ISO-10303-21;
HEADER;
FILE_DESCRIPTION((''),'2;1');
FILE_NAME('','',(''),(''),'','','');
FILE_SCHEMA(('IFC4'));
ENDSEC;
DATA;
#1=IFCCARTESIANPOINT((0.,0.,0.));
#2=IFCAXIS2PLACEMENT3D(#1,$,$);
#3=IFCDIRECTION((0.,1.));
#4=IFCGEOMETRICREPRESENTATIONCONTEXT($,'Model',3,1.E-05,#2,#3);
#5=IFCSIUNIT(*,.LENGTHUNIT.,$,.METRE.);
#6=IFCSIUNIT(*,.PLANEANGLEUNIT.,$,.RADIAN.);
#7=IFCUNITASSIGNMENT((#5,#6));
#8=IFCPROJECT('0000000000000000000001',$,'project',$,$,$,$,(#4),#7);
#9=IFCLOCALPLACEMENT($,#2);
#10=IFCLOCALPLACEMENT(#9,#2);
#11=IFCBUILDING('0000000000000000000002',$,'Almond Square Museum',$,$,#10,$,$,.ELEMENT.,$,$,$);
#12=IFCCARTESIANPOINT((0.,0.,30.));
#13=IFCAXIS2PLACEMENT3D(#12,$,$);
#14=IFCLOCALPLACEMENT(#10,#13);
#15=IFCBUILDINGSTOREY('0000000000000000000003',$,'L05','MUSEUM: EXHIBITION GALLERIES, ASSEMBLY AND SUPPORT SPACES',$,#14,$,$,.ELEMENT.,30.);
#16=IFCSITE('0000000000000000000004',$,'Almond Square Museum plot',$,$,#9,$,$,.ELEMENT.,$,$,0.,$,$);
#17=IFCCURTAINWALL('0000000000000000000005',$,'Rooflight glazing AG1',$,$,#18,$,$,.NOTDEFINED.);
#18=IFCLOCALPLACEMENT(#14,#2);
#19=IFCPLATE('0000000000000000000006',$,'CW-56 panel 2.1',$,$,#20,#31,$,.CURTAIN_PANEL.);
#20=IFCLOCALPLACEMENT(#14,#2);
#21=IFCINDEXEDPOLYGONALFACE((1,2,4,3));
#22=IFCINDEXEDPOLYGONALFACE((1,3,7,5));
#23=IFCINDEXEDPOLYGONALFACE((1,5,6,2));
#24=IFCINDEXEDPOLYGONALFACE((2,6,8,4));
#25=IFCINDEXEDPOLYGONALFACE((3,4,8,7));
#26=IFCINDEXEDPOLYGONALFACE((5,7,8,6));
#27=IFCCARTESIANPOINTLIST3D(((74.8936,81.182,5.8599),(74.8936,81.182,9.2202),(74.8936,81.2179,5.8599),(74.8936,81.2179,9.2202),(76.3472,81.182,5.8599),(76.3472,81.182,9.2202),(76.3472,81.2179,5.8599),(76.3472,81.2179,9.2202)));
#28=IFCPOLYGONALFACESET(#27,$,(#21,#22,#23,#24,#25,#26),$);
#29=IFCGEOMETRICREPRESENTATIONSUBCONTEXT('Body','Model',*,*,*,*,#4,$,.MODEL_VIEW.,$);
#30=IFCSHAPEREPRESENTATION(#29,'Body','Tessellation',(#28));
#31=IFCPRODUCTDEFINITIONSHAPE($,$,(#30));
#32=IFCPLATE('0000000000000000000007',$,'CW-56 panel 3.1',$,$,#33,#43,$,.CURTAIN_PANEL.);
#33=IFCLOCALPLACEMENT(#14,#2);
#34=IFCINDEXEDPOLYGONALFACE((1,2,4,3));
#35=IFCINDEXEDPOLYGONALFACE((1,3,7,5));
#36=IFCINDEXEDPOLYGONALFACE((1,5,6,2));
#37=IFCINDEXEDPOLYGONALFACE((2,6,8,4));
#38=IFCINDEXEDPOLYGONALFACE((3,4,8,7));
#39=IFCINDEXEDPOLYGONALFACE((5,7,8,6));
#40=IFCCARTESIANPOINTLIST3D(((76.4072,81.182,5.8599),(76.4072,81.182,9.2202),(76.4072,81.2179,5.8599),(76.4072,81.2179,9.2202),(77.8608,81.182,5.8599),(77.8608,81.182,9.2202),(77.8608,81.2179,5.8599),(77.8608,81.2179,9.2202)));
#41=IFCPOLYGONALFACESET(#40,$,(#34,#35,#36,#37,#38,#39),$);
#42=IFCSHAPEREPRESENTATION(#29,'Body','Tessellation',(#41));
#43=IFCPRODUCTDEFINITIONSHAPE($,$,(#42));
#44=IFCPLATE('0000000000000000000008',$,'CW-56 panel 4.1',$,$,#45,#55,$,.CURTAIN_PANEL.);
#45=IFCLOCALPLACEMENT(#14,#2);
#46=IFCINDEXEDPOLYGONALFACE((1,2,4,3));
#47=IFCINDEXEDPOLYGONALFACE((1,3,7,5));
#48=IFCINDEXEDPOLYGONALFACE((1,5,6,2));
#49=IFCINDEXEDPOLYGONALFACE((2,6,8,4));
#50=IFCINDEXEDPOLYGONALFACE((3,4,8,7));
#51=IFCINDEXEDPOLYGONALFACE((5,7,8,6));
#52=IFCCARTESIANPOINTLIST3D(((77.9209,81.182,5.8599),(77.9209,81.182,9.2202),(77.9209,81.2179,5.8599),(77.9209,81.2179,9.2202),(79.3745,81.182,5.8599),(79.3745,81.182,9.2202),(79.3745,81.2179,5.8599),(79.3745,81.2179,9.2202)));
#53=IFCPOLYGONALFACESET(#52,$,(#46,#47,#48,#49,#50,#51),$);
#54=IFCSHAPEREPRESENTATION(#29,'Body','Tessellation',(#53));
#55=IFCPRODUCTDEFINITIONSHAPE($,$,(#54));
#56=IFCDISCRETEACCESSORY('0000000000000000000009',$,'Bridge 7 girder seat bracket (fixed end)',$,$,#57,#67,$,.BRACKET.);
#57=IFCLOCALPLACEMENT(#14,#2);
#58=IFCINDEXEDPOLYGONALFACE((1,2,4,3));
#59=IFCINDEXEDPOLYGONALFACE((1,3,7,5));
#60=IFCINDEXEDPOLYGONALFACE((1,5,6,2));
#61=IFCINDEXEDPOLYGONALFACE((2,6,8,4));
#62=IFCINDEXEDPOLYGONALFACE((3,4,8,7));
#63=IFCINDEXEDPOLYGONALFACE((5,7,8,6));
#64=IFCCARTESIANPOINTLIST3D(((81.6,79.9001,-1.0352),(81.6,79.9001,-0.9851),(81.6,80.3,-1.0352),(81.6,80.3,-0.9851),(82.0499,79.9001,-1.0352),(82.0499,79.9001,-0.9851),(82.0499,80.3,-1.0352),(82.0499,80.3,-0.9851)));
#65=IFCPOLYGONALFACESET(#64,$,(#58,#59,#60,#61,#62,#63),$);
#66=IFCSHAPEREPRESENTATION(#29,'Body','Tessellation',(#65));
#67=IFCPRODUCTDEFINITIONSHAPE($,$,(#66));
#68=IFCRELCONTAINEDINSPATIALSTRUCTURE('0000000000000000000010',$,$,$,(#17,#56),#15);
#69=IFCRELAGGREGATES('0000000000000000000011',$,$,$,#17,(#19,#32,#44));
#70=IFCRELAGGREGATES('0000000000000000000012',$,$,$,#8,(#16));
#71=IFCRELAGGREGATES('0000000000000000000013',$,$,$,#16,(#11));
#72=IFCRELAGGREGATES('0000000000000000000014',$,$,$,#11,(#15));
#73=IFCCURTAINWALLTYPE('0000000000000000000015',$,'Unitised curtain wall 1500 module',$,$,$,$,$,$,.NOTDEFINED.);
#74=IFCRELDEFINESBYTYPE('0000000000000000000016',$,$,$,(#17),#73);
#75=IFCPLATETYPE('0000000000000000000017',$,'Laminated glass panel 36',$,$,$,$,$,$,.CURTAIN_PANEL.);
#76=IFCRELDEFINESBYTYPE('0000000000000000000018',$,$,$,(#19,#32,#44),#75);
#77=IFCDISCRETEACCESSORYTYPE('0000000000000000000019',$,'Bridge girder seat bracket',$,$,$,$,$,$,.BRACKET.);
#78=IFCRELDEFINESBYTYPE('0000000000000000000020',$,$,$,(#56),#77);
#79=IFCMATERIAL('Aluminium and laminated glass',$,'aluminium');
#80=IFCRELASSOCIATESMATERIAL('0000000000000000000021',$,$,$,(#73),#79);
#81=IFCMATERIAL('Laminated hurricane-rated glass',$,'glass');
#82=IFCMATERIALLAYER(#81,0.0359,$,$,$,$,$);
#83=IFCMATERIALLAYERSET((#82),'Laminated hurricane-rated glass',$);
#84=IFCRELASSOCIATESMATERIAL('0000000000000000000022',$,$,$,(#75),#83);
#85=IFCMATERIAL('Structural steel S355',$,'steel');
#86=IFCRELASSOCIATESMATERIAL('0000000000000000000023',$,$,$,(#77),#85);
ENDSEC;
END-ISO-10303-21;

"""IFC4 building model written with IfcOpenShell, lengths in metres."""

from ifc_helpers import new_model, si_unit, direction, frame, origin, origin_2d, place, context, subcontext, project, spatial, rectangle, extrude, material, layer, layer_set, type_object, element, aggregate, save


model = new_model("IFC4")

# Units and contexts
model_context = context("Model", 3, precision=1e-05, world=origin(), true_north=direction((0.0, 1.0)))
body_context = subcontext(model_context, "Body", "Model", "MODEL_VIEW")
ifc_project = project(units=[si_unit("LENGTHUNIT", "METRE"), si_unit("PLANEANGLEUNIT", "RADIAN")], contexts=[model_context])

# Site, building, storey
site_placement = place(None, origin())
site = spatial("IfcSite", under=ifc_project, at=site_placement, Name="Almond Square Museum plot", CompositionType="ELEMENT", RefElevation=0.0)
building_placement = place(site_placement, origin())
building = spatial("IfcBuilding", under=site, at=building_placement, Name="Almond Square Museum", CompositionType="ELEMENT")
storey_placement = place(building_placement, frame((0.0, 0.0, 30.0)))
storey = spatial("IfcBuildingStorey", under=building, at=storey_placement, Name="L05", Description="MUSEUM: EXHIBITION GALLERIES, ASSEMBLY AND SUPPORT SPACES", CompositionType="ELEMENT", Elevation=30.0)

# Curtain wall
ifc_material_1 = material(Name="Aluminium and laminated glass", Category="aluminium")
curtain_wall_type = type_object("IfcCurtainWallType", Name="Unitised curtain wall 1500 module", PredefinedType="NOTDEFINED", material=ifc_material_1)
curtain_wall_placement = place(storey_placement, origin())
curtain_wall = element("IfcCurtainWall", 1, at=curtain_wall_placement, inside=storey, type_object=curtain_wall_type, Name="Rooflight glazing AG1", PredefinedType="NOTDEFINED")

# Plates
ifc_material_2 = material(Name="Laminated hurricane-rated glass", Category="glass")
ifc_layer = layer(ifc_material_2, 0.0359)
ifc_layer_set = layer_set([ifc_layer], Name="Laminated hurricane-rated glass")
plate_type = type_object("IfcPlateType", Name="Laminated glass panel 36", PredefinedType="CURTAIN_PANEL", material=ifc_layer_set)
plate_1_placement = place(storey_placement, frame((75.6204, 81.2, 5.8599), z_axis=(0.0, 0.0, 1.0), x_axis=(1.0, 0.0, 0.0)))
plate_1 = element("IfcPlate", 2, at=plate_1_placement, type_object=plate_type, Name="CW-56 panel 2.1", PredefinedType="CURTAIN_PANEL", context=body_context, shape_type="SweptSolid", body=[
    extrude(rectangle(XDim=1.4536, YDim=0.0359, at=origin_2d()), origin(), (0.0, 0.0, 1.0), 3.3604),
])
plate_2_placement = place(storey_placement, frame((77.134, 81.2, 5.8599), z_axis=(0.0, 0.0, 1.0), x_axis=(1.0, 0.0, 0.0)))
plate_2 = element("IfcPlate", 3, at=plate_2_placement, type_object=plate_type, Name="CW-56 panel 3.1", PredefinedType="CURTAIN_PANEL", context=body_context, shape_type="SweptSolid", body=[
    extrude(rectangle(XDim=1.4536, YDim=0.0359, at=origin_2d()), origin(), (0.0, 0.0, 1.0), 3.3604),
])
plate_3_placement = place(storey_placement, frame((78.6477, 81.2, 5.8599), z_axis=(0.0, 0.0, 1.0), x_axis=(1.0, 0.0, 0.0)))
plate_3 = element("IfcPlate", 4, at=plate_3_placement, type_object=plate_type, Name="CW-56 panel 4.1", PredefinedType="CURTAIN_PANEL", context=body_context, shape_type="SweptSolid", body=[
    extrude(rectangle(XDim=1.4536, YDim=0.0359, at=origin_2d()), origin(), (0.0, 0.0, 1.0), 3.3604),
])
aggregate(curtain_wall, [plate_1, plate_2, plate_3])

# Discrete accessory
ifc_material_3 = material(Name="Structural steel S355", Category="steel")
discrete_accessory_type = type_object("IfcDiscreteAccessoryType", Name="Bridge girder seat bracket", PredefinedType="BRACKET", material=ifc_material_3)
discrete_accessory_placement = place(storey_placement, frame((81.825, 80.1001, -1.0352), z_axis=(0.0, 0.0, 1.0), x_axis=(1.0, 0.0, 0.0)))
element("IfcDiscreteAccessory", 5, at=discrete_accessory_placement, inside=storey, type_object=discrete_accessory_type, Name="Bridge 7 girder seat bracket (fixed end)", PredefinedType="BRACKET", context=body_context, shape_type="SweptSolid", body=[
    extrude(rectangle(XDim=0.45, YDim=0.3999, at=origin_2d()), origin(), (0.0, 0.0, 1.0), 0.05),
])

save(model, "model.ifc")
